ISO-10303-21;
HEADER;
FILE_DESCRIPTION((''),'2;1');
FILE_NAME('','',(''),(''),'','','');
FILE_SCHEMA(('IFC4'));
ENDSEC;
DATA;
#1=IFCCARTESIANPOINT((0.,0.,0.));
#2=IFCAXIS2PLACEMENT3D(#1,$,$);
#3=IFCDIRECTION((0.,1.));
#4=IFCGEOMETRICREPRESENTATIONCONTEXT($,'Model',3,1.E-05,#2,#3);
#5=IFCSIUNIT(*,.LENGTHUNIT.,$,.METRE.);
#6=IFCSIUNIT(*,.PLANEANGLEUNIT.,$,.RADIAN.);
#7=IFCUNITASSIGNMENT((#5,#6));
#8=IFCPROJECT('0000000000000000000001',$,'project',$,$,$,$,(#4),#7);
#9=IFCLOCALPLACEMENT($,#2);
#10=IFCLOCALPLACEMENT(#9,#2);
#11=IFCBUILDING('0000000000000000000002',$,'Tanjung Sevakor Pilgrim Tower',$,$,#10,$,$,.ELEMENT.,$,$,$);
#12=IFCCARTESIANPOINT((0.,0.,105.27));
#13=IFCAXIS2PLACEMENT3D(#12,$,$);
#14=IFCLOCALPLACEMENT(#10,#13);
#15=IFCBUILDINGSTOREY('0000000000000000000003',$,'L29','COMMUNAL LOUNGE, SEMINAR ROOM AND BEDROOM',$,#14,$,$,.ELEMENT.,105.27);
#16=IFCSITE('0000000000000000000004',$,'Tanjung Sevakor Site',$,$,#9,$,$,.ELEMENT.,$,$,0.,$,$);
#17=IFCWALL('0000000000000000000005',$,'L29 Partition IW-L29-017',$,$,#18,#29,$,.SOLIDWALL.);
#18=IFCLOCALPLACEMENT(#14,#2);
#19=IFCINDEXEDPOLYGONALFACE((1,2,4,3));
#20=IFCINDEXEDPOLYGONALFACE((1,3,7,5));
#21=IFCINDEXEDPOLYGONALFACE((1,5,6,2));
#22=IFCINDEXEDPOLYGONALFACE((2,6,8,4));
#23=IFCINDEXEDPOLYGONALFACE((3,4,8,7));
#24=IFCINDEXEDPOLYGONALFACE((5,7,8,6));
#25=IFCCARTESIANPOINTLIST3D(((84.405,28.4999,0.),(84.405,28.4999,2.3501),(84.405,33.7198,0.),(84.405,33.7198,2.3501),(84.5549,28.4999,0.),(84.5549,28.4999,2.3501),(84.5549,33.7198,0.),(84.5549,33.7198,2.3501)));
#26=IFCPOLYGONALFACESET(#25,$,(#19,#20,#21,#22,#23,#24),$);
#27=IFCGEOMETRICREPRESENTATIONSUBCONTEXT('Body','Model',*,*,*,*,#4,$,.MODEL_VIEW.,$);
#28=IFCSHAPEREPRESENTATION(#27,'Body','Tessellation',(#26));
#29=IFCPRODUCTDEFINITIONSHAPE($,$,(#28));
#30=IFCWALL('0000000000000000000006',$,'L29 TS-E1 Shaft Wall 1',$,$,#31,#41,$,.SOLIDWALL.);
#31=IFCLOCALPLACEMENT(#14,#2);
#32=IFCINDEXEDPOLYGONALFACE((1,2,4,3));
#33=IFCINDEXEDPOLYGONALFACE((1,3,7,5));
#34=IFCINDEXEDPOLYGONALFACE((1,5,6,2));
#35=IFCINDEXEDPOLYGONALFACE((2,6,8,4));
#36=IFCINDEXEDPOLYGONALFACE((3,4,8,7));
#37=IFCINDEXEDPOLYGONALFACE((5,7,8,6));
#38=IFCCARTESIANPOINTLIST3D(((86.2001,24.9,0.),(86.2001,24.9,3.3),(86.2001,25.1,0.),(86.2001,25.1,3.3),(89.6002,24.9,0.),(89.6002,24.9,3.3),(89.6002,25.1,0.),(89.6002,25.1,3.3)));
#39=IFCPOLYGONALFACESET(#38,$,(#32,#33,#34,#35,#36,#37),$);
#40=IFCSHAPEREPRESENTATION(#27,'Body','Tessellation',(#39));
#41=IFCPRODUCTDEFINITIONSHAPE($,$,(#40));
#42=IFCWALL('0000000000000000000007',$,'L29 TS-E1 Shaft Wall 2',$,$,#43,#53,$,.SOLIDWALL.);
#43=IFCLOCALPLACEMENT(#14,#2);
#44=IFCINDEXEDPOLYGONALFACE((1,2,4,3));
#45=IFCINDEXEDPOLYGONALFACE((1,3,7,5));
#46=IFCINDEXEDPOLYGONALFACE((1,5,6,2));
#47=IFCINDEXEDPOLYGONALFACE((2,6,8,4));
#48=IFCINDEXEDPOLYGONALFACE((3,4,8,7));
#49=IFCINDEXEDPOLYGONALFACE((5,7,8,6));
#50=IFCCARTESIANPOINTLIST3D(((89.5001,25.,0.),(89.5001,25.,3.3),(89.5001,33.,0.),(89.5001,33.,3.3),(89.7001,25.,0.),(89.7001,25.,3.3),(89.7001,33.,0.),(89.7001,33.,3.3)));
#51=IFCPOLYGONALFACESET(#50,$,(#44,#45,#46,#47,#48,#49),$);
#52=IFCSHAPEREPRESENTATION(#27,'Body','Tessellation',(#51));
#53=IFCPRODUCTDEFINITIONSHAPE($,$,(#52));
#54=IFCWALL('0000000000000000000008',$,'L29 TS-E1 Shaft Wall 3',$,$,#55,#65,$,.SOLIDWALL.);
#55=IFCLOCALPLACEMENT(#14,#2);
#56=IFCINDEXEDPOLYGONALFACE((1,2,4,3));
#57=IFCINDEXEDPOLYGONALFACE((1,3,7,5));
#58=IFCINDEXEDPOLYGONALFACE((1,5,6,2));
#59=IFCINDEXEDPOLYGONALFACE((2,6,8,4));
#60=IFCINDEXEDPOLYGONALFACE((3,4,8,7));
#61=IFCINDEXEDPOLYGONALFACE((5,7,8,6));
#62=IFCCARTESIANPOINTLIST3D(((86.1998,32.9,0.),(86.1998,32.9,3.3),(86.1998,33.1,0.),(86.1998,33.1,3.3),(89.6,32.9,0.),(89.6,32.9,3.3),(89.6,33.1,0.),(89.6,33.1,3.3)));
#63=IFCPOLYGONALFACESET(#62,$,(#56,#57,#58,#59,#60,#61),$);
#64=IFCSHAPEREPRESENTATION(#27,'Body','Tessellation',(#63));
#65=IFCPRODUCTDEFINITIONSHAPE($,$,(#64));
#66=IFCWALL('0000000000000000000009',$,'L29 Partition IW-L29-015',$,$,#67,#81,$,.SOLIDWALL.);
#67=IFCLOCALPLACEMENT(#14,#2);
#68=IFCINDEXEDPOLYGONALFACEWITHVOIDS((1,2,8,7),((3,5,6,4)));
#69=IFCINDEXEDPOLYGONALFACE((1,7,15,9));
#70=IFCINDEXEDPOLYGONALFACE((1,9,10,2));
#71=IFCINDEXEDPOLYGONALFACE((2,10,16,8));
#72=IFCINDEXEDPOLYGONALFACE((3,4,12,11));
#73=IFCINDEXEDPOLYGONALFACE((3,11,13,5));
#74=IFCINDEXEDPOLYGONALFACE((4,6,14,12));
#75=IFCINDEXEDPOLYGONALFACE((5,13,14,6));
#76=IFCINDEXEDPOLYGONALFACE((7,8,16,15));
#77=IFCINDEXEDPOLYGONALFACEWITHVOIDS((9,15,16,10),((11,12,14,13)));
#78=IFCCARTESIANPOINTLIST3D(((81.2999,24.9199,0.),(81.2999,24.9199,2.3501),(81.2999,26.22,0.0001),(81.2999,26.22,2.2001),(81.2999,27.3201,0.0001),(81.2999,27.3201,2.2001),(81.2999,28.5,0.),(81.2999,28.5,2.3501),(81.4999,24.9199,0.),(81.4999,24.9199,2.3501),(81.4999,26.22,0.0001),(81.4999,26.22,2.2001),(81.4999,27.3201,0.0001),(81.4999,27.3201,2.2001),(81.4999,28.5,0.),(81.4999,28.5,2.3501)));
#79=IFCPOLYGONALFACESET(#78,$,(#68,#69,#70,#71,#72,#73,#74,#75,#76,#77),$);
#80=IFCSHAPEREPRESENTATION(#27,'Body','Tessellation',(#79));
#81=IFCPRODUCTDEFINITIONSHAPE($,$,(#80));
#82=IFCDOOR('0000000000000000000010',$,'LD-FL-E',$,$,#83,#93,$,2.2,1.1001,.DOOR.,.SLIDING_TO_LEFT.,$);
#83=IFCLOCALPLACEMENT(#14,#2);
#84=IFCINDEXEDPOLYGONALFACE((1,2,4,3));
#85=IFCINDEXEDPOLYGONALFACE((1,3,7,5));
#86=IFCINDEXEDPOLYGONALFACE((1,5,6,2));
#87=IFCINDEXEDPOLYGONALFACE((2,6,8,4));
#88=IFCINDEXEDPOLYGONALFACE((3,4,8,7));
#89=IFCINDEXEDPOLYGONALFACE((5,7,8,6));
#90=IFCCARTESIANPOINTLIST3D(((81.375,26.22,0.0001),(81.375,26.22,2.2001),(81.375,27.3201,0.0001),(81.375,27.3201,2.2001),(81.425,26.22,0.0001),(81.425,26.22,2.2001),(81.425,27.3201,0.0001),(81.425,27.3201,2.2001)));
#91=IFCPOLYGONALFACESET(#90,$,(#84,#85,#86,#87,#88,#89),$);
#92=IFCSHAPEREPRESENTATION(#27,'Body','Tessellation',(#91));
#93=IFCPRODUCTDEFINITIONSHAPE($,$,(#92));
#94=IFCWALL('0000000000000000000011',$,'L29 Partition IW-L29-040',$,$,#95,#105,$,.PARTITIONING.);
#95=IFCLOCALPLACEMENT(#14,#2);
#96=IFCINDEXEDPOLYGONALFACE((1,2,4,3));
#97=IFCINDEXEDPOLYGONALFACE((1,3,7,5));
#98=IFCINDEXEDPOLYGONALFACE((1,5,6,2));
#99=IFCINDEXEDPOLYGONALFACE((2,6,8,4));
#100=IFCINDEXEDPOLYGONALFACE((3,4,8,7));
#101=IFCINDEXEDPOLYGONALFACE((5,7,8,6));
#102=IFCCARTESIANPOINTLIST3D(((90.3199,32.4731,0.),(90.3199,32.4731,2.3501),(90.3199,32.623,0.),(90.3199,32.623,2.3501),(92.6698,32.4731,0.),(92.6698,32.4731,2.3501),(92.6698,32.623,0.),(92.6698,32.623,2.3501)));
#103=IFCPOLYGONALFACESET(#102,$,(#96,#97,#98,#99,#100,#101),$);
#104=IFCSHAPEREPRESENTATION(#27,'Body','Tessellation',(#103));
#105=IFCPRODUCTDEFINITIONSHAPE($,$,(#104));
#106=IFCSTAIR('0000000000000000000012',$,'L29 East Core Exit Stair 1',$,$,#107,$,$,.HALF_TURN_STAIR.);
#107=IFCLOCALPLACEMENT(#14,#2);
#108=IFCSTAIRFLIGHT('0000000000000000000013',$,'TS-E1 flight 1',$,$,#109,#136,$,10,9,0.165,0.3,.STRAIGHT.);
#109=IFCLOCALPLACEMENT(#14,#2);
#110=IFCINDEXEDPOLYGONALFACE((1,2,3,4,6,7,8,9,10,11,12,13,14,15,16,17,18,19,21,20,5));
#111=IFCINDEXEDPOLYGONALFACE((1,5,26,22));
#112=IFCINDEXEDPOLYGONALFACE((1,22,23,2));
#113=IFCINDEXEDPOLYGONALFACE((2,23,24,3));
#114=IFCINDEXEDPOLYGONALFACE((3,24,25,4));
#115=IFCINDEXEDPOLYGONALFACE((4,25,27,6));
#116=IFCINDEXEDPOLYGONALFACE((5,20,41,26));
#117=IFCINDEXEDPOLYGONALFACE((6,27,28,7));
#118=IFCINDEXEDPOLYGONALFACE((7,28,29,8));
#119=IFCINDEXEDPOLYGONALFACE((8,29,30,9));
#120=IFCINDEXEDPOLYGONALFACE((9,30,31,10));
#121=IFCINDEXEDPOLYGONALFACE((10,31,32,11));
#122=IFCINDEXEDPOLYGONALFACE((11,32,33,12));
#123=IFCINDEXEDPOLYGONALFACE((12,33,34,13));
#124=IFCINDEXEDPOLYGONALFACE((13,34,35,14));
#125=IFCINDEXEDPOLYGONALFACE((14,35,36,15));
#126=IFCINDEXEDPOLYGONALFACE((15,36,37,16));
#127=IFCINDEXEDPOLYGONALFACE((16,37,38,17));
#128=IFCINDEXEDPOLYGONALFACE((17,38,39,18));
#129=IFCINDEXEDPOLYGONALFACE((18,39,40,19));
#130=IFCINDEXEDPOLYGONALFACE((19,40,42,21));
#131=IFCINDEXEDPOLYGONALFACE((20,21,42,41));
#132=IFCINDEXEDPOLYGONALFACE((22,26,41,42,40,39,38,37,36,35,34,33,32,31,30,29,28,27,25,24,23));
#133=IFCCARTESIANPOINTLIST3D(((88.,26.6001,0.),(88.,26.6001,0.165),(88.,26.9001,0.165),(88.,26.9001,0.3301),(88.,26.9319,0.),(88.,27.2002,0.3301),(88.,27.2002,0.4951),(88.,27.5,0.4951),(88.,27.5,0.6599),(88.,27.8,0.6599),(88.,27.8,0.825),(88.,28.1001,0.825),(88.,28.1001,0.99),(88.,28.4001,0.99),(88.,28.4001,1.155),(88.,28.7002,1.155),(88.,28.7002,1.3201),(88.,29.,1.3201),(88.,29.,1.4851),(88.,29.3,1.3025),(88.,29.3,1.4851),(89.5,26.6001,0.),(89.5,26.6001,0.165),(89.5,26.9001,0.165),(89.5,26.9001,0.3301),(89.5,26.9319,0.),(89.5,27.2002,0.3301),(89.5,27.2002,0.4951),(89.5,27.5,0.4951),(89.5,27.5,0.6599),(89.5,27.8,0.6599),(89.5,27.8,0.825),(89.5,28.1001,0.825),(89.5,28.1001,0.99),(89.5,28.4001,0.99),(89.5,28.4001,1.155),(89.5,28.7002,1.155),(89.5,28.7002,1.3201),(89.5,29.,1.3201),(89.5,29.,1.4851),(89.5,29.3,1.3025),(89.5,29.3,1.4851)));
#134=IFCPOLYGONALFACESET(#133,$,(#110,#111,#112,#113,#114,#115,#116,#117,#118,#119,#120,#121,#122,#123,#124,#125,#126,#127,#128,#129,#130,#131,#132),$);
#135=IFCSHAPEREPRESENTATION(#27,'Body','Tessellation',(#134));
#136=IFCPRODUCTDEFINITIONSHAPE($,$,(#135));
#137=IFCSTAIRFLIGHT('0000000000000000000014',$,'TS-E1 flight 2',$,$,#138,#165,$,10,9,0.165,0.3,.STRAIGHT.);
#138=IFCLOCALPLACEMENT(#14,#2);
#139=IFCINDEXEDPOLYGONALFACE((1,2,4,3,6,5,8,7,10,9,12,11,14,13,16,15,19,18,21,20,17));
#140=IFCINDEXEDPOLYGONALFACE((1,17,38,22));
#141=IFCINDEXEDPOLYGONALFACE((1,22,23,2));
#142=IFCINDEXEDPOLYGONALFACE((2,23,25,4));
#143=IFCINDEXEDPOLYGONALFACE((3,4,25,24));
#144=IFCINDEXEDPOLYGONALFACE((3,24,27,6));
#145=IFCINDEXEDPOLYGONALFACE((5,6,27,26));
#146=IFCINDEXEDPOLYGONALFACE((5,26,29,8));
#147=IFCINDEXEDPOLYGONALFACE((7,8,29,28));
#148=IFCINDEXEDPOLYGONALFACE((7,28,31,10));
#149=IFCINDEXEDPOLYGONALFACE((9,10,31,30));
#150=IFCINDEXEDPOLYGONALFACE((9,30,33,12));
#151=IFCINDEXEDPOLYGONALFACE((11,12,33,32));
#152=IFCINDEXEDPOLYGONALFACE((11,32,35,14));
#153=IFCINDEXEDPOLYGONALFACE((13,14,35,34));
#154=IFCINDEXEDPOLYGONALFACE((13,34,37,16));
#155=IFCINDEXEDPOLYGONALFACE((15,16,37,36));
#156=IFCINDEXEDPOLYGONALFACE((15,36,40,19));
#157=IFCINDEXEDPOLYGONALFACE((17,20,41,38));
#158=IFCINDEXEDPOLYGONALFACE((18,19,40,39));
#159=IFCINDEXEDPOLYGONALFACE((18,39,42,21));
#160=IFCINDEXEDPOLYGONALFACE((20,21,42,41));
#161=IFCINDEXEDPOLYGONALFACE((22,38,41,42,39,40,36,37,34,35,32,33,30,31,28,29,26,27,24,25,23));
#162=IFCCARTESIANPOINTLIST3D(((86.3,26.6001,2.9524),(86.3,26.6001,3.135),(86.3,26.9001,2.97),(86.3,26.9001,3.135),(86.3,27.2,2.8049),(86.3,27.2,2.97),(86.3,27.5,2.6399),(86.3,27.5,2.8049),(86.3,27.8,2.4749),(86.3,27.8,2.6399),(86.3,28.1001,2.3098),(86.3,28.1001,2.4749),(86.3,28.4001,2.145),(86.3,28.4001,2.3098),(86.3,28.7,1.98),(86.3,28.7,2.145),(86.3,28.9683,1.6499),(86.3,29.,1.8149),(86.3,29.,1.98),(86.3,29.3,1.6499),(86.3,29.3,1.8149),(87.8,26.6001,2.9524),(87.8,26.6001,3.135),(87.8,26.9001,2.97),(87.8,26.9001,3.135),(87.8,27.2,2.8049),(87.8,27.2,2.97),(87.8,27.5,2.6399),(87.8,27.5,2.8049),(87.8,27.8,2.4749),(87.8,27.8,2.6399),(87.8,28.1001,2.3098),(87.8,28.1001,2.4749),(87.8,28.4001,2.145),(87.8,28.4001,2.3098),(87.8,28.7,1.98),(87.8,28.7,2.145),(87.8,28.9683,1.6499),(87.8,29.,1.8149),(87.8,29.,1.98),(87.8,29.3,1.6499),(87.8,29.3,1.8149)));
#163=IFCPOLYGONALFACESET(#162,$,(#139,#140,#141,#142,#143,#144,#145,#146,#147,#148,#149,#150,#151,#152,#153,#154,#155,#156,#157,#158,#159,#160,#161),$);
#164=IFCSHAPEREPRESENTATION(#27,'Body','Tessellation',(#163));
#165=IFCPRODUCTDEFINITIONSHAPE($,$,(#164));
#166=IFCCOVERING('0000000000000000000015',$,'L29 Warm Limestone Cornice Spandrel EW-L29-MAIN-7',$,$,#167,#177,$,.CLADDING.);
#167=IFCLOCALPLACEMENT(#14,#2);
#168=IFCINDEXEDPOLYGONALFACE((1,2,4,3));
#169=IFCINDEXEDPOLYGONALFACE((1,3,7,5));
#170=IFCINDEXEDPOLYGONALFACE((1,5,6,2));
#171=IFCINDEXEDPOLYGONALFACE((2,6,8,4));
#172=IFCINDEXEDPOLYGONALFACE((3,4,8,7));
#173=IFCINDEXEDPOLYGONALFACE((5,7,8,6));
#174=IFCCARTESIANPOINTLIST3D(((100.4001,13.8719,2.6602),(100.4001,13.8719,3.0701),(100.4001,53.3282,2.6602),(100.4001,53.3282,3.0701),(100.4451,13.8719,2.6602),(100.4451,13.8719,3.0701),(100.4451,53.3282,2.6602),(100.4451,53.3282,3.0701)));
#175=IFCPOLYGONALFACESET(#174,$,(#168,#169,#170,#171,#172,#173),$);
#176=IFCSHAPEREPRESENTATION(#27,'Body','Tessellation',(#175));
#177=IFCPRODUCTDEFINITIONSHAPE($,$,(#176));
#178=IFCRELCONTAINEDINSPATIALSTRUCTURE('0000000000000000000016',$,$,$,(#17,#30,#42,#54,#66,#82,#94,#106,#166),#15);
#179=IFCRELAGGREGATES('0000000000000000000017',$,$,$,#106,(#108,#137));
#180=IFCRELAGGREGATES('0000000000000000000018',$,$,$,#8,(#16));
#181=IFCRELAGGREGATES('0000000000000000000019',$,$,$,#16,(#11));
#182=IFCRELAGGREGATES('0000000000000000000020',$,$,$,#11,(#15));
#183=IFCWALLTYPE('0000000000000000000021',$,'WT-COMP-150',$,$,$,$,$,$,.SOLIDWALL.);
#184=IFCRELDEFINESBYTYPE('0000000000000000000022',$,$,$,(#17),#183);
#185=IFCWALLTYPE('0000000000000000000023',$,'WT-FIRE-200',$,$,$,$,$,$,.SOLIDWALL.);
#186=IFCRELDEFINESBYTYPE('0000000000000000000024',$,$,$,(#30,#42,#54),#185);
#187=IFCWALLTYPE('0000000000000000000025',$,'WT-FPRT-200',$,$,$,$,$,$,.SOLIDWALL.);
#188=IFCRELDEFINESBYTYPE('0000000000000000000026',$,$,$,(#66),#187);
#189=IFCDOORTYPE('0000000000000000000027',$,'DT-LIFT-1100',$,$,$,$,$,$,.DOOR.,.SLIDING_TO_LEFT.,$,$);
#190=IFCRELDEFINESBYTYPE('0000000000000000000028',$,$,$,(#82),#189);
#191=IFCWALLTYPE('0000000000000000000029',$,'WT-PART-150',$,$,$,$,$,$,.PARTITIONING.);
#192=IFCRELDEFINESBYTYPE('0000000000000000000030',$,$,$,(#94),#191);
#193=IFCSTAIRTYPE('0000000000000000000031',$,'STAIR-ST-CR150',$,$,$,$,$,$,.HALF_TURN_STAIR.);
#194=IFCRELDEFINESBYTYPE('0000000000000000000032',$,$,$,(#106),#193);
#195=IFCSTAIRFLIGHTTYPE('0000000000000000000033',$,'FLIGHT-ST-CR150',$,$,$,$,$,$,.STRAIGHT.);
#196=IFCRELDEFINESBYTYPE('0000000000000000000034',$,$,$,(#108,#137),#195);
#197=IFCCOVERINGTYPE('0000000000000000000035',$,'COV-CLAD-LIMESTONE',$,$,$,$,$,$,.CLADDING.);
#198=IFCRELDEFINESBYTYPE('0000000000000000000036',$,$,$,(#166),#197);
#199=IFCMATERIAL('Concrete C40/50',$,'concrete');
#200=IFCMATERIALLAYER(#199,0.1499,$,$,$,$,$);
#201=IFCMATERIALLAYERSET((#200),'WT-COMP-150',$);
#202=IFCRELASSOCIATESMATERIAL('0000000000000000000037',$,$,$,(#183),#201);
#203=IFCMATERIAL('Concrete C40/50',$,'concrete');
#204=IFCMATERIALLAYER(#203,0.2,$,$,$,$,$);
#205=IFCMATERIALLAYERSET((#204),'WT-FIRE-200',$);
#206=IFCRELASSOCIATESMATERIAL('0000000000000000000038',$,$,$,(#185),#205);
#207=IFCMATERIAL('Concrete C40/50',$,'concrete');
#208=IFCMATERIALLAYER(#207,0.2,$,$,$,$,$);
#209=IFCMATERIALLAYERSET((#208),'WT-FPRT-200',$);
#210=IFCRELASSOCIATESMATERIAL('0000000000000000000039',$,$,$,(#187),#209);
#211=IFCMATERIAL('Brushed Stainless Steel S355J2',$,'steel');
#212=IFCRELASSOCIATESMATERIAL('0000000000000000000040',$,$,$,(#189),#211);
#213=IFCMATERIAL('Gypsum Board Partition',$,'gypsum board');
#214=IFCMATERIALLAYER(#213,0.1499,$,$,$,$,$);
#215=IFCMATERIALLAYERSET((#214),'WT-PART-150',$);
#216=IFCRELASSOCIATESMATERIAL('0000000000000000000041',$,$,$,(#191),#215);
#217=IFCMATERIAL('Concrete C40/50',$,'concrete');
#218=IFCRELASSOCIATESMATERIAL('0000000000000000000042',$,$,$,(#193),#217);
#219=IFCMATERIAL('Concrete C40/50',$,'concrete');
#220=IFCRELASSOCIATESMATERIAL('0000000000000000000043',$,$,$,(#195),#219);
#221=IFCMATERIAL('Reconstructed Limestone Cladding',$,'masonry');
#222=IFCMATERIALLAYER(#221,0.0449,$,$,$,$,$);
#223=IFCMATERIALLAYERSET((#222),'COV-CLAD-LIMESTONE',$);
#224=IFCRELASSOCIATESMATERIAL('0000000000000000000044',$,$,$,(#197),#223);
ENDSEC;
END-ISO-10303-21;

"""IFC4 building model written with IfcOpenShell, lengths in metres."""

from ifc_helpers import new_model, si_unit, direction, frame, frame_2d, origin, origin_2d, place, context, subcontext, project, spatial, polyline, rectangle, outline, extrude, material, layer, layer_set, type_object, element, fill, aggregate, save


model = new_model("IFC4")

# Units and contexts
model_context = context("Model", 3, precision=1e-05, world=origin(), true_north=direction((0.0, 1.0)))
body_context = subcontext(model_context, "Body", "Model", "MODEL_VIEW")
ifc_project = project(units=[si_unit("LENGTHUNIT", "METRE"), si_unit("PLANEANGLEUNIT", "RADIAN")], contexts=[model_context])

# Site, building, storey
site_placement = place(None, origin())
site = spatial("IfcSite", under=ifc_project, at=site_placement, Name="Tanjung Sevakor Site", CompositionType="ELEMENT", RefElevation=0.0)
building_placement = place(site_placement, origin())
building = spatial("IfcBuilding", under=site, at=building_placement, Name="Tanjung Sevakor Pilgrim Tower", CompositionType="ELEMENT")
storey_placement = place(building_placement, frame((0.0, 0.0, 105.27)))
storey = spatial("IfcBuildingStorey", under=building, at=storey_placement, Name="L29", Description="COMMUNAL LOUNGE, SEMINAR ROOM AND BEDROOM", CompositionType="ELEMENT", Elevation=105.27)

# Wall
ifc_material_1 = material(Name="Concrete C40/50", Category="concrete")
ifc_layer_1 = layer(ifc_material_1, 0.1499)
ifc_layer_set_1 = layer_set([ifc_layer_1], Name="WT-COMP-150")
wall_type_1 = type_object("IfcWallType", Name="WT-COMP-150", PredefinedType="SOLIDWALL", material=ifc_layer_set_1)
wall_1_placement = place(storey_placement, frame((84.48, 28.5, 0.0), z_axis=(0.0, 0.0, 1.0), x_axis=(0.0, 1.0, 0.0)))
element("IfcWall", 1, at=wall_1_placement, inside=storey, type_object=wall_type_1, Name="L29 Partition IW-L29-017", PredefinedType="SOLIDWALL", context=body_context, shape_type="SweptSolid", body=[
    extrude(rectangle(XDim=5.22, YDim=0.1499, at=frame_2d((2.6099, 0.0))), origin(), (0.0, 0.0, 1.0), 2.3501),
])

# Walls
ifc_material_2 = material(Name="Concrete C40/50", Category="concrete")
ifc_layer_2 = layer(ifc_material_2, 0.2)
ifc_layer_set_2 = layer_set([ifc_layer_2], Name="WT-FIRE-200")
wall_type_2 = type_object("IfcWallType", Name="WT-FIRE-200", PredefinedType="SOLIDWALL", material=ifc_layer_set_2)
wall_2_placement = place(storey_placement, frame((86.2, 25.0, 0.0), z_axis=(0.0, 0.0, 1.0), x_axis=(1.0, 0.0, 0.0)))
element("IfcWall", 2, at=wall_2_placement, inside=storey, type_object=wall_type_2, Name="L29 TS-E1 Shaft Wall 1", PredefinedType="SOLIDWALL", context=body_context, shape_type="SweptSolid", body=[
    extrude(rectangle(XDim=3.4001, YDim=0.2, at=frame_2d((1.7002, 0.0))), origin(), (0.0, 0.0, 1.0), 3.3),
])
wall_3_placement = place(storey_placement, frame((89.6001, 25.0, 0.0), z_axis=(0.0, 0.0, 1.0), x_axis=(0.0, 1.0, 0.0)))
element("IfcWall", 3, at=wall_3_placement, inside=storey, type_object=wall_type_2, Name="L29 TS-E1 Shaft Wall 2", PredefinedType="SOLIDWALL", context=body_context, shape_type="SweptSolid", body=[
    extrude(rectangle(XDim=8.0, YDim=0.2, at=frame_2d((4.0, 0.0))), origin(), (0.0, 0.0, 1.0), 3.3),
])
wall_4_placement = place(storey_placement, frame((89.6001, 33.0, 0.0), z_axis=(0.0, 0.0, 1.0), x_axis=(-1.0, 0.0, 0.0)))
element("IfcWall", 4, at=wall_4_placement, inside=storey, type_object=wall_type_2, Name="L29 TS-E1 Shaft Wall 3", PredefinedType="SOLIDWALL", context=body_context, shape_type="SweptSolid", body=[
    extrude(rectangle(XDim=3.4001, YDim=0.2, at=frame_2d((1.7002, 0.0))), origin(), (0.0, 0.0, 1.0), 3.3),
])

# Wall, opening, door
ifc_material_3 = material(Name="Concrete C40/50", Category="concrete")
ifc_layer_3 = layer(ifc_material_3, 0.2)
ifc_layer_set_3 = layer_set([ifc_layer_3], Name="WT-FPRT-200")
wall_type_3 = type_object("IfcWallType", Name="WT-FPRT-200", PredefinedType="SOLIDWALL", material=ifc_layer_set_3)
wall_5_placement = place(storey_placement, frame((81.3999, 24.9199, 0.0), z_axis=(0.0, 0.0, 1.0), x_axis=(0.0, 1.0, 0.0)))
wall_5 = element("IfcWall", 5, at=wall_5_placement, inside=storey, type_object=wall_type_3, Name="L29 Partition IW-L29-015", PredefinedType="SOLIDWALL", context=body_context, shape_type="SweptSolid", body=[
    extrude(rectangle(XDim=3.5801, YDim=0.2, at=frame_2d((1.79, 0.0))), origin(), (0.0, 0.0, 1.0), 2.3501),
])
opening_1_placement = place(wall_5_placement, frame((1.3, 0.0, 0.0)))
opening_1 = element("IfcOpeningElement", 6, at=opening_1_placement, cuts=wall_5, PredefinedType="OPENING", context=body_context, shape_type="SweptSolid", body=[
    extrude(rectangle(XDim=1.1001, YDim=2.2, at=frame_2d((0.55, 1.1001))), frame((0.0, 0.1099, 0.0), z_axis=(0.0, -1.0, 0.0), x_axis=(1.0, 0.0, 0.0)), (0.0, 0.0, 1.0), 0.22),
])
ifc_material_4 = material(Name="Brushed Stainless Steel S355J2", Category="steel")
door_type_1 = type_object("IfcDoorType", Name="DT-LIFT-1100", OperationType="SLIDING_TO_LEFT", PredefinedType="DOOR", material=ifc_material_4)
door_1_placement = place(opening_1_placement, origin())
door_1 = element("IfcDoor", 7, at=door_1_placement, inside=storey, type_object=door_type_1, Name="LD-FL-E", OperationType="SLIDING_TO_LEFT", OverallHeight=2.2, OverallWidth=1.1001, PredefinedType="DOOR", context=body_context, shape_type="SweptSolid", body=[
    extrude(rectangle(XDim=1.1001, YDim=2.2, at=frame_2d((0.55, 1.1001))), frame((0.0, 0.0249, 0.0), z_axis=(0.0, -1.0, 0.0), x_axis=(1.0, 0.0, 0.0)), (0.0, 0.0, 1.0), 0.05),
])
fill(opening_1, door_1)

# Wall
ifc_material_5 = material(Name="Gypsum Board Partition", Category="gypsum board")
ifc_layer_4 = layer(ifc_material_5, 0.1499)
ifc_layer_set_4 = layer_set([ifc_layer_4], Name="WT-PART-150")
wall_type_4 = type_object("IfcWallType", Name="WT-PART-150", PredefinedType="PARTITIONING", material=ifc_layer_set_4)
wall_6_placement = place(storey_placement, frame((90.3201, 32.5481, 0.0), z_axis=(0.0, 0.0, 1.0), x_axis=(1.0, 0.0, 0.0)))
element("IfcWall", 8, at=wall_6_placement, inside=storey, type_object=wall_type_4, Name="L29 Partition IW-L29-040", PredefinedType="PARTITIONING", context=body_context, shape_type="SweptSolid", body=[
    extrude(rectangle(XDim=2.3499, YDim=0.1499, at=frame_2d((1.1748, 0.0))), origin(), (0.0, 0.0, 1.0), 2.3501),
])

# Stair, stair flights
ifc_material_6 = material(Name="Concrete C40/50", Category="concrete")
stair_type = type_object("IfcStairType", Name="STAIR-ST-CR150", PredefinedType="HALF_TURN_STAIR", material=ifc_material_6)
stair_placement = place(storey_placement, origin())
stair = element("IfcStair", 9, at=stair_placement, inside=storey, type_object=stair_type, Name="L29 East Core Exit Stair 1", PredefinedType="HALF_TURN_STAIR")
ifc_material_7 = material(Name="Concrete C40/50", Category="concrete")
stair_flight_type = type_object("IfcStairFlightType", Name="FLIGHT-ST-CR150", PredefinedType="STRAIGHT", material=ifc_material_7)
stair_flight_1_placement = place(storey_placement, frame((88.75, 26.6001, 0.0), z_axis=(0.0, 0.0, 1.0), x_axis=(0.0, 1.0, 0.0)))
stair_flight_1 = element("IfcStairFlight", 10, at=stair_flight_1_placement, type_object=stair_flight_type, Name="TS-E1 flight 1", NumberOfRisers=10, NumberOfTreads=9, PredefinedType="STRAIGHT", RiserHeight=0.165, TreadLength=0.3, context=body_context, shape_type="SweptSolid", body=[
    extrude(outline(polyline([(0.0, 0.0), (0.0, 0.165), (0.3, 0.165), (0.3, 0.3301), (0.6001, 0.3301), (0.6001, 0.4951), (0.8999, 0.4951), (0.8999, 0.6599), (1.2, 0.6599), (1.2, 0.825), (1.5, 0.825), (1.5, 0.99), (1.8, 0.99), (1.8, 1.155), (2.1001, 1.155), (2.1001, 1.3201), (2.3999, 1.3201), (2.3999, 1.4851), (2.7, 1.4851), (2.7, 1.6499), (2.7, 1.3025), (0.3318, 0.0), (0.0, 0.0)])), frame((0.0, 0.75, 0.0), z_axis=(0.0, -1.0, 0.0), x_axis=(1.0, 0.0, 0.0)), (0.0, 0.0, 1.0), 1.5),
])
stair_flight_2_placement = place(storey_placement, frame((87.05, 29.3, 1.6499), z_axis=(0.0, 0.0, 1.0), x_axis=(0.0, -1.0, 0.0)))
stair_flight_2 = element("IfcStairFlight", 11, at=stair_flight_2_placement, type_object=stair_flight_type, Name="TS-E1 flight 2", NumberOfRisers=10, NumberOfTreads=9, PredefinedType="STRAIGHT", RiserHeight=0.165, TreadLength=0.3, context=body_context, shape_type="SweptSolid", body=[
    extrude(outline(polyline([(0.0, 0.0), (0.0, 0.165), (0.3, 0.165), (0.3, 0.3301), (0.6001, 0.3301), (0.6001, 0.4951), (0.8999, 0.4951), (0.8999, 0.6599), (1.2, 0.6599), (1.2, 0.825), (1.5, 0.825), (1.5, 0.99), (1.8, 0.99), (1.8, 1.155), (2.1001, 1.155), (2.1001, 1.3201), (2.3999, 1.3201), (2.3999, 1.4851), (2.7, 1.4851), (2.7, 1.6499), (2.7, 1.3025), (0.3318, 0.0), (0.0, 0.0)])), frame((0.0, 0.75, 0.0), z_axis=(0.0, -1.0, 0.0), x_axis=(1.0, 0.0, 0.0)), (0.0, 0.0, 1.0), 1.5),
])
aggregate(stair, [stair_flight_1, stair_flight_2])

# Covering
ifc_material_8 = material(Name="Reconstructed Limestone Cladding", Category="masonry")
ifc_layer_5 = layer(ifc_material_8, 0.0449)
ifc_layer_set_5 = layer_set([ifc_layer_5], Name="COV-CLAD-LIMESTONE")
covering_type = type_object("IfcCoveringType", Name="COV-CLAD-LIMESTONE", PredefinedType="CLADDING", material=ifc_layer_set_5)
covering_1_placement = place(storey_placement, frame((100.4226, 33.6001, 2.6602), z_axis=(0.0, 0.0, 1.0), x_axis=(0.0, 1.0, 0.0)))
element("IfcCovering", 12, at=covering_1_placement, inside=storey, type_object=covering_type, Name="L29 Warm Limestone Cornice Spandrel EW-L29-MAIN-7", PredefinedType="CLADDING", context=body_context, shape_type="SweptSolid", body=[
    extrude(rectangle(XDim=39.4563, YDim=0.0449, at=origin_2d()), origin(), (0.0, 0.0, 1.0), 0.4099),
])

save(model, "model.ifc")
